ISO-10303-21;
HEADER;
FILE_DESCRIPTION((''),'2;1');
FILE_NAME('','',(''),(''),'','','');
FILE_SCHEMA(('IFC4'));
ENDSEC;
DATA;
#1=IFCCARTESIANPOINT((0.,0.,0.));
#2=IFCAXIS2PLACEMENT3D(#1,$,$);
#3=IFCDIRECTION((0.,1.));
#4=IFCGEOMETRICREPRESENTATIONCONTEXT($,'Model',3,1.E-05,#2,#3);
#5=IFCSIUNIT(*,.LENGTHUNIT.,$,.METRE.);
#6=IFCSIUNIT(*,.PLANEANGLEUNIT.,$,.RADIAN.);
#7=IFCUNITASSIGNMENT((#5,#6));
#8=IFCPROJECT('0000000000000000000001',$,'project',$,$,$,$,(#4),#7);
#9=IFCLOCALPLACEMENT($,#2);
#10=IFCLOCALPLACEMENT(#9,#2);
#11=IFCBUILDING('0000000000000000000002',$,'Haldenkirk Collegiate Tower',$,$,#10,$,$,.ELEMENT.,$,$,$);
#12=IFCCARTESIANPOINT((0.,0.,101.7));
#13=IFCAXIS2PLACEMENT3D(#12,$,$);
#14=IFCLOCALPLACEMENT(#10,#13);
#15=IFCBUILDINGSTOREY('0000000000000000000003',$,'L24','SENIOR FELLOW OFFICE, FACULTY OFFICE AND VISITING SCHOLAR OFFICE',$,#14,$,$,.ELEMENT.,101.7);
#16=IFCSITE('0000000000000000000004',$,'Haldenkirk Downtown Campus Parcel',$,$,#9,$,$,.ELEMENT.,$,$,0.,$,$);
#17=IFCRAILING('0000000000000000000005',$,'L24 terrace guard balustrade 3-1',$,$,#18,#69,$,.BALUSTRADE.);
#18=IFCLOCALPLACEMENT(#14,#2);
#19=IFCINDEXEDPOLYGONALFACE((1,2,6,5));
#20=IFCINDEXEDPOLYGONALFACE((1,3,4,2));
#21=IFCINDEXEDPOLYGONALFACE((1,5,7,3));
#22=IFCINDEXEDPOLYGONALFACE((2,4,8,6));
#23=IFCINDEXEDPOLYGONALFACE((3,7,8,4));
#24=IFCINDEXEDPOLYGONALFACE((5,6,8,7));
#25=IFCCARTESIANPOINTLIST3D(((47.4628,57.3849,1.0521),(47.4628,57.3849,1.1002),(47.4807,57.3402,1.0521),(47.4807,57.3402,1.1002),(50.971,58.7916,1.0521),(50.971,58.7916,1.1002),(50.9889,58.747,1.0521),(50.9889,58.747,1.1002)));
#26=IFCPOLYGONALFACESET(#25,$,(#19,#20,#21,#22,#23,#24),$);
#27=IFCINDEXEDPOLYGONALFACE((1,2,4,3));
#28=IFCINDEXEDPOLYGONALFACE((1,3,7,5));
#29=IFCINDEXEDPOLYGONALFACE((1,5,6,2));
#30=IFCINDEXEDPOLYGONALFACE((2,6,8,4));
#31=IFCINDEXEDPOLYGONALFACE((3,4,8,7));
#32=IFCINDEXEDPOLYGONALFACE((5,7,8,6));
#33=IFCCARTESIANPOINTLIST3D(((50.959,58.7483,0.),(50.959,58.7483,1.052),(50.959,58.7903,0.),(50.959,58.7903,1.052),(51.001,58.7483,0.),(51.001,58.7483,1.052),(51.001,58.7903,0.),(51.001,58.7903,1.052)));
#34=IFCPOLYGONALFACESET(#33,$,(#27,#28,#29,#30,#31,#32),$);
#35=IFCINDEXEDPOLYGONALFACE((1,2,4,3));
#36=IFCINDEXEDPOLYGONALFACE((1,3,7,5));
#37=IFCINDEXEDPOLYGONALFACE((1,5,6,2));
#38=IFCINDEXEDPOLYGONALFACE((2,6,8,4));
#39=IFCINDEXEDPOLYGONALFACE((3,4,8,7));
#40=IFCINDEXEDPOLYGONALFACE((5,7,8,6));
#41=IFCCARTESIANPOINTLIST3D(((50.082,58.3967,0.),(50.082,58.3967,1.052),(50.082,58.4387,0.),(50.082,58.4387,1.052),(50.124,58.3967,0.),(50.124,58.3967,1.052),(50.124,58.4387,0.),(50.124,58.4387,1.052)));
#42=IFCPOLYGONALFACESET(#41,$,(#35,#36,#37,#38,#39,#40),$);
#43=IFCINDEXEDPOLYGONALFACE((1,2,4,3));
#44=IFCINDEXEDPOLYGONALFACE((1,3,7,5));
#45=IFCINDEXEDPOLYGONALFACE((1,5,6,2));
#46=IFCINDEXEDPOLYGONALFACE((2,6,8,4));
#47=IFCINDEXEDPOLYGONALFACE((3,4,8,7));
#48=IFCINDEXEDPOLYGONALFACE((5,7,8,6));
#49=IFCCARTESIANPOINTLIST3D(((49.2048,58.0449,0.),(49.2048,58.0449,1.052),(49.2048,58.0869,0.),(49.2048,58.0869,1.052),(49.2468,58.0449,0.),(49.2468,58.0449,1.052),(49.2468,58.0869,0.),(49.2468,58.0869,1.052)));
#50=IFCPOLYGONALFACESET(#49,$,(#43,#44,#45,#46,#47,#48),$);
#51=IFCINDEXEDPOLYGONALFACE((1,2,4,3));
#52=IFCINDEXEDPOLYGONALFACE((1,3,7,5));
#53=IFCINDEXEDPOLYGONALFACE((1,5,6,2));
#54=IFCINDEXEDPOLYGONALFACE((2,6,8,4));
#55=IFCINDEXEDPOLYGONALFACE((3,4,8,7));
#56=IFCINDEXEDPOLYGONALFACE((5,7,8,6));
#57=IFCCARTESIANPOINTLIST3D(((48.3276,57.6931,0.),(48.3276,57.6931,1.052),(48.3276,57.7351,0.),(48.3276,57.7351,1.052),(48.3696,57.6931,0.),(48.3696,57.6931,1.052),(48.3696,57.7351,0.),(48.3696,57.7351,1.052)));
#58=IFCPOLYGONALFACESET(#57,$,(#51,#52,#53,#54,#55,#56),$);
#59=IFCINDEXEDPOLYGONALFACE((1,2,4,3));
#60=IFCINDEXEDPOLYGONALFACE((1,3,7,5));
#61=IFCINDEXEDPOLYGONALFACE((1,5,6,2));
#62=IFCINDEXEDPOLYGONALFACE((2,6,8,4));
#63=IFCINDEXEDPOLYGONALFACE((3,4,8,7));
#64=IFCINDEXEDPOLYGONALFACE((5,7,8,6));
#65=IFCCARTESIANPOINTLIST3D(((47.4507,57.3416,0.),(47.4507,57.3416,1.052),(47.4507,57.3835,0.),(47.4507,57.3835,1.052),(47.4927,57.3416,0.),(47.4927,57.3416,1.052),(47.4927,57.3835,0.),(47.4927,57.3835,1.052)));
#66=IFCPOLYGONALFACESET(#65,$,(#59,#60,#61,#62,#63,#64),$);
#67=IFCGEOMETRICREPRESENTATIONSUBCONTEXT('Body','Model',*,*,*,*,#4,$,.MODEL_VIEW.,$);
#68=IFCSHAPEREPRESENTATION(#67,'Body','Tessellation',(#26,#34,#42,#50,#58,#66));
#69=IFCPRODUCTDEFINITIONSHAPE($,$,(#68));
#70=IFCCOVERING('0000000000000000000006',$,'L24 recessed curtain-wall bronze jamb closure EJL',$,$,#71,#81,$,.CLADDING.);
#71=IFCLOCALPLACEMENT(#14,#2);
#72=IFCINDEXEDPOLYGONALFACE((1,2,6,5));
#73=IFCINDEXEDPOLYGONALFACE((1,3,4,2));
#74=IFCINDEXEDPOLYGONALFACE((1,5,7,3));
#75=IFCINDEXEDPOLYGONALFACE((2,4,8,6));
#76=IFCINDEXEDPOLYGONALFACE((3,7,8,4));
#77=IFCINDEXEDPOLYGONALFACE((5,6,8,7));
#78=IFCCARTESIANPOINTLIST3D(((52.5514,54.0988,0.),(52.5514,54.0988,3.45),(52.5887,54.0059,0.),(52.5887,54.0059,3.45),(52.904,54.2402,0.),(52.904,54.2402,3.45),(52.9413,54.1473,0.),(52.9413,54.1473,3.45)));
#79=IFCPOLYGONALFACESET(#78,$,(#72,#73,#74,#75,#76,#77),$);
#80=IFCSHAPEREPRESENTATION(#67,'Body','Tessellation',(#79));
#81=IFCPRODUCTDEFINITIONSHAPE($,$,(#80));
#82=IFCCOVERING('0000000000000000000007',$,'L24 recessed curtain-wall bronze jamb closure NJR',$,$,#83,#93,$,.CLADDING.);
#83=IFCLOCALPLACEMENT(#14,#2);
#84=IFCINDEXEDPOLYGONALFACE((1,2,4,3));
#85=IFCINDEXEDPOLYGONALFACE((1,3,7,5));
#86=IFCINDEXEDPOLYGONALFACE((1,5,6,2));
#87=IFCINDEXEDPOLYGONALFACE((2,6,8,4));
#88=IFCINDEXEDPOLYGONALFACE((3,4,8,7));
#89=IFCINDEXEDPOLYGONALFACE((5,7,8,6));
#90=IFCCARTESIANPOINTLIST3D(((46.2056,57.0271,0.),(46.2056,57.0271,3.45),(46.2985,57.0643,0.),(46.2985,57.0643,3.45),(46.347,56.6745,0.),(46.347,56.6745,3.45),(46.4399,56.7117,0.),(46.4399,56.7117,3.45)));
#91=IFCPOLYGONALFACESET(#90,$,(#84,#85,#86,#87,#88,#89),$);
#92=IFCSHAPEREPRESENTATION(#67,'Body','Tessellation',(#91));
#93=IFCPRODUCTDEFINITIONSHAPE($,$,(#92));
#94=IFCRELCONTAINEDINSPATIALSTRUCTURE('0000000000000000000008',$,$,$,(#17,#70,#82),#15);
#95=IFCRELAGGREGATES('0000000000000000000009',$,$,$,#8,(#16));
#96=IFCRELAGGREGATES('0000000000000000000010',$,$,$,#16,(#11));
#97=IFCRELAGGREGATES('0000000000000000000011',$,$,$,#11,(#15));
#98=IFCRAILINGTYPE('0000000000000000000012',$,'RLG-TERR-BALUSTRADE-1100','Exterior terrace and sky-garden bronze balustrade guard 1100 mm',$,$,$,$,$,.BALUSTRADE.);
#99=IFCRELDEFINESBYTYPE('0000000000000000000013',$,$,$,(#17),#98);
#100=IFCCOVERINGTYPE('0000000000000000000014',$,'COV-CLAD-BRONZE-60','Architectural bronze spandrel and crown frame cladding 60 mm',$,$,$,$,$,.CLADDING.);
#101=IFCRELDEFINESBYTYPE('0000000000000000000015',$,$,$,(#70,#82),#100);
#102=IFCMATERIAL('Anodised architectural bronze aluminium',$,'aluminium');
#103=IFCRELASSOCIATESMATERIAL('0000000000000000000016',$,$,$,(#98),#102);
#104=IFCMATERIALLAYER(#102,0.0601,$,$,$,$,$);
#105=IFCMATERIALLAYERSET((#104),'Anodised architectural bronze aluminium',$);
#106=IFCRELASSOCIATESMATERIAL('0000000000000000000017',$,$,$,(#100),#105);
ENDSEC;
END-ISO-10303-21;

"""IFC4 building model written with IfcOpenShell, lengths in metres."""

from ifc_helpers import new_model, si_unit, direction, frame, origin, origin_2d, place, context, subcontext, project, spatial, rectangle, extrude, source, transform, mapped, material, layer, layer_set, type_object, element, save


model = new_model("IFC4")

# Units and contexts
model_context = context("Model", 3, precision=1e-05, world=origin(), true_north=direction((0.0, 1.0)))
body_context = subcontext(model_context, "Body", "Model", "MODEL_VIEW")
ifc_project = project(units=[si_unit("LENGTHUNIT", "METRE"), si_unit("PLANEANGLEUNIT", "RADIAN")], contexts=[model_context])

# Site, building, storey
site_placement = place(None, origin())
site = spatial("IfcSite", under=ifc_project, at=site_placement, Name="Haldenkirk Downtown Campus Parcel", CompositionType="ELEMENT", RefElevation=0.0)
building_placement = place(site_placement, origin())
building = spatial("IfcBuilding", under=site, at=building_placement, Name="Haldenkirk Collegiate Tower", CompositionType="ELEMENT")
storey_placement = place(building_placement, frame((0.0, 0.0, 101.7)))
storey = spatial("IfcBuildingStorey", under=building, at=storey_placement, Name="L24", Description="SENIOR FELLOW OFFICE, FACULTY OFFICE AND VISITING SCHOLAR OFFICE", CompositionType="ELEMENT", Elevation=101.7)

# Shared definitions
ifc_material_1 = material(Name="Anodised architectural bronze aluminium", Category="aluminium")

# Railing
railing_type = type_object("IfcRailingType", Name="RLG-TERR-BALUSTRADE-1100", Description="Exterior terrace and sky-garden bronze balustrade guard 1100 mm", PredefinedType="BALUSTRADE", material=ifc_material_1)
railing_1_placement = place(storey_placement, frame((50.98, 58.7693, 0.0)))
element("IfcRailing", 1, at=railing_1_placement, inside=storey, type_object=railing_type, Name="L24 terrace guard balustrade 3-1", PredefinedType="BALUSTRADE", context=body_context, shape_type="SweptSolid", body=[
    extrude(rectangle(XDim=0.0481, YDim=0.0481, at=origin_2d()), frame((0.0, 0.0, 1.0762), z_axis=(-0.928165, -0.37217, 0.0), x_axis=(0.37217, -0.928165, 0.0)), (0.0, 0.0, 1.0), 3.7798),
    extrude(rectangle(XDim=0.042, YDim=0.042, at=origin_2d()), origin(), (0.0, 0.0, 1.0), 1.052),
    extrude(rectangle(XDim=0.042, YDim=0.042, at=origin_2d()), frame((-0.877, -0.3516, 0.0)), (0.0, 0.0, 1.0), 1.052),
    extrude(rectangle(XDim=0.042, YDim=0.042, at=origin_2d()), frame((-1.7542, -0.7034, 0.0)), (0.0, 0.0, 1.0), 1.052),
    extrude(rectangle(XDim=0.042, YDim=0.042, at=origin_2d()), frame((-2.6313, -1.0552, 0.0)), (0.0, 0.0, 1.0), 1.052),
    extrude(rectangle(XDim=0.042, YDim=0.042, at=origin_2d()), frame((-3.5083, -1.4067, 0.0)), (0.0, 0.0, 1.0), 1.052),
])

# Coverings
ifc_layer_1 = layer(ifc_material_1, 0.0601)
ifc_layer_set_1 = layer_set([ifc_layer_1], Name="Anodised architectural bronze aluminium")
covering_type = type_object("IfcCoveringType", Name="COV-CLAD-BRONZE-60", Description="Architectural bronze spandrel and crown frame cladding 60 mm", PredefinedType="CLADDING", material=ifc_layer_set_1)
shared_shape_1 = source(origin(), body_context, "Body", "SweptSolid", [
    extrude(rectangle(XDim=0.1001, YDim=0.3799, at=origin_2d()), origin(), (0.0, 0.0, 1.0), 3.45),
])
for number, where, z_axis, x_axis, name in (
    (2, (52.7463, 54.123, 0.0), (0.0, 0.0, 1.0), (0.372178, -0.928161, 0.0), "L24 recessed curtain-wall bronze jamb closure EJL"),
    (3, (46.3228, 56.8694, 0.0), (0.0, 0.0, 1.0), (0.928161, 0.372178, 0.0), "L24 recessed curtain-wall bronze jamb closure NJR"),
):
    element("IfcCovering", number, at=place(storey_placement, frame(where, z_axis=z_axis, x_axis=x_axis)), inside=storey, type_object=covering_type, Name=name, PredefinedType="CLADDING", context=body_context, shape_type="MappedRepresentation", body=[
        mapped(shared_shape_1, transform((0.0, 0.0, 0.0), x_axis=(1.0, 0.0, 0.0), y_axis=(0.0, 1.0, 0.0), z_axis=(0.0, 0.0, 1.0), scale=1.0)),
    ])

save(model, "model.ifc")
